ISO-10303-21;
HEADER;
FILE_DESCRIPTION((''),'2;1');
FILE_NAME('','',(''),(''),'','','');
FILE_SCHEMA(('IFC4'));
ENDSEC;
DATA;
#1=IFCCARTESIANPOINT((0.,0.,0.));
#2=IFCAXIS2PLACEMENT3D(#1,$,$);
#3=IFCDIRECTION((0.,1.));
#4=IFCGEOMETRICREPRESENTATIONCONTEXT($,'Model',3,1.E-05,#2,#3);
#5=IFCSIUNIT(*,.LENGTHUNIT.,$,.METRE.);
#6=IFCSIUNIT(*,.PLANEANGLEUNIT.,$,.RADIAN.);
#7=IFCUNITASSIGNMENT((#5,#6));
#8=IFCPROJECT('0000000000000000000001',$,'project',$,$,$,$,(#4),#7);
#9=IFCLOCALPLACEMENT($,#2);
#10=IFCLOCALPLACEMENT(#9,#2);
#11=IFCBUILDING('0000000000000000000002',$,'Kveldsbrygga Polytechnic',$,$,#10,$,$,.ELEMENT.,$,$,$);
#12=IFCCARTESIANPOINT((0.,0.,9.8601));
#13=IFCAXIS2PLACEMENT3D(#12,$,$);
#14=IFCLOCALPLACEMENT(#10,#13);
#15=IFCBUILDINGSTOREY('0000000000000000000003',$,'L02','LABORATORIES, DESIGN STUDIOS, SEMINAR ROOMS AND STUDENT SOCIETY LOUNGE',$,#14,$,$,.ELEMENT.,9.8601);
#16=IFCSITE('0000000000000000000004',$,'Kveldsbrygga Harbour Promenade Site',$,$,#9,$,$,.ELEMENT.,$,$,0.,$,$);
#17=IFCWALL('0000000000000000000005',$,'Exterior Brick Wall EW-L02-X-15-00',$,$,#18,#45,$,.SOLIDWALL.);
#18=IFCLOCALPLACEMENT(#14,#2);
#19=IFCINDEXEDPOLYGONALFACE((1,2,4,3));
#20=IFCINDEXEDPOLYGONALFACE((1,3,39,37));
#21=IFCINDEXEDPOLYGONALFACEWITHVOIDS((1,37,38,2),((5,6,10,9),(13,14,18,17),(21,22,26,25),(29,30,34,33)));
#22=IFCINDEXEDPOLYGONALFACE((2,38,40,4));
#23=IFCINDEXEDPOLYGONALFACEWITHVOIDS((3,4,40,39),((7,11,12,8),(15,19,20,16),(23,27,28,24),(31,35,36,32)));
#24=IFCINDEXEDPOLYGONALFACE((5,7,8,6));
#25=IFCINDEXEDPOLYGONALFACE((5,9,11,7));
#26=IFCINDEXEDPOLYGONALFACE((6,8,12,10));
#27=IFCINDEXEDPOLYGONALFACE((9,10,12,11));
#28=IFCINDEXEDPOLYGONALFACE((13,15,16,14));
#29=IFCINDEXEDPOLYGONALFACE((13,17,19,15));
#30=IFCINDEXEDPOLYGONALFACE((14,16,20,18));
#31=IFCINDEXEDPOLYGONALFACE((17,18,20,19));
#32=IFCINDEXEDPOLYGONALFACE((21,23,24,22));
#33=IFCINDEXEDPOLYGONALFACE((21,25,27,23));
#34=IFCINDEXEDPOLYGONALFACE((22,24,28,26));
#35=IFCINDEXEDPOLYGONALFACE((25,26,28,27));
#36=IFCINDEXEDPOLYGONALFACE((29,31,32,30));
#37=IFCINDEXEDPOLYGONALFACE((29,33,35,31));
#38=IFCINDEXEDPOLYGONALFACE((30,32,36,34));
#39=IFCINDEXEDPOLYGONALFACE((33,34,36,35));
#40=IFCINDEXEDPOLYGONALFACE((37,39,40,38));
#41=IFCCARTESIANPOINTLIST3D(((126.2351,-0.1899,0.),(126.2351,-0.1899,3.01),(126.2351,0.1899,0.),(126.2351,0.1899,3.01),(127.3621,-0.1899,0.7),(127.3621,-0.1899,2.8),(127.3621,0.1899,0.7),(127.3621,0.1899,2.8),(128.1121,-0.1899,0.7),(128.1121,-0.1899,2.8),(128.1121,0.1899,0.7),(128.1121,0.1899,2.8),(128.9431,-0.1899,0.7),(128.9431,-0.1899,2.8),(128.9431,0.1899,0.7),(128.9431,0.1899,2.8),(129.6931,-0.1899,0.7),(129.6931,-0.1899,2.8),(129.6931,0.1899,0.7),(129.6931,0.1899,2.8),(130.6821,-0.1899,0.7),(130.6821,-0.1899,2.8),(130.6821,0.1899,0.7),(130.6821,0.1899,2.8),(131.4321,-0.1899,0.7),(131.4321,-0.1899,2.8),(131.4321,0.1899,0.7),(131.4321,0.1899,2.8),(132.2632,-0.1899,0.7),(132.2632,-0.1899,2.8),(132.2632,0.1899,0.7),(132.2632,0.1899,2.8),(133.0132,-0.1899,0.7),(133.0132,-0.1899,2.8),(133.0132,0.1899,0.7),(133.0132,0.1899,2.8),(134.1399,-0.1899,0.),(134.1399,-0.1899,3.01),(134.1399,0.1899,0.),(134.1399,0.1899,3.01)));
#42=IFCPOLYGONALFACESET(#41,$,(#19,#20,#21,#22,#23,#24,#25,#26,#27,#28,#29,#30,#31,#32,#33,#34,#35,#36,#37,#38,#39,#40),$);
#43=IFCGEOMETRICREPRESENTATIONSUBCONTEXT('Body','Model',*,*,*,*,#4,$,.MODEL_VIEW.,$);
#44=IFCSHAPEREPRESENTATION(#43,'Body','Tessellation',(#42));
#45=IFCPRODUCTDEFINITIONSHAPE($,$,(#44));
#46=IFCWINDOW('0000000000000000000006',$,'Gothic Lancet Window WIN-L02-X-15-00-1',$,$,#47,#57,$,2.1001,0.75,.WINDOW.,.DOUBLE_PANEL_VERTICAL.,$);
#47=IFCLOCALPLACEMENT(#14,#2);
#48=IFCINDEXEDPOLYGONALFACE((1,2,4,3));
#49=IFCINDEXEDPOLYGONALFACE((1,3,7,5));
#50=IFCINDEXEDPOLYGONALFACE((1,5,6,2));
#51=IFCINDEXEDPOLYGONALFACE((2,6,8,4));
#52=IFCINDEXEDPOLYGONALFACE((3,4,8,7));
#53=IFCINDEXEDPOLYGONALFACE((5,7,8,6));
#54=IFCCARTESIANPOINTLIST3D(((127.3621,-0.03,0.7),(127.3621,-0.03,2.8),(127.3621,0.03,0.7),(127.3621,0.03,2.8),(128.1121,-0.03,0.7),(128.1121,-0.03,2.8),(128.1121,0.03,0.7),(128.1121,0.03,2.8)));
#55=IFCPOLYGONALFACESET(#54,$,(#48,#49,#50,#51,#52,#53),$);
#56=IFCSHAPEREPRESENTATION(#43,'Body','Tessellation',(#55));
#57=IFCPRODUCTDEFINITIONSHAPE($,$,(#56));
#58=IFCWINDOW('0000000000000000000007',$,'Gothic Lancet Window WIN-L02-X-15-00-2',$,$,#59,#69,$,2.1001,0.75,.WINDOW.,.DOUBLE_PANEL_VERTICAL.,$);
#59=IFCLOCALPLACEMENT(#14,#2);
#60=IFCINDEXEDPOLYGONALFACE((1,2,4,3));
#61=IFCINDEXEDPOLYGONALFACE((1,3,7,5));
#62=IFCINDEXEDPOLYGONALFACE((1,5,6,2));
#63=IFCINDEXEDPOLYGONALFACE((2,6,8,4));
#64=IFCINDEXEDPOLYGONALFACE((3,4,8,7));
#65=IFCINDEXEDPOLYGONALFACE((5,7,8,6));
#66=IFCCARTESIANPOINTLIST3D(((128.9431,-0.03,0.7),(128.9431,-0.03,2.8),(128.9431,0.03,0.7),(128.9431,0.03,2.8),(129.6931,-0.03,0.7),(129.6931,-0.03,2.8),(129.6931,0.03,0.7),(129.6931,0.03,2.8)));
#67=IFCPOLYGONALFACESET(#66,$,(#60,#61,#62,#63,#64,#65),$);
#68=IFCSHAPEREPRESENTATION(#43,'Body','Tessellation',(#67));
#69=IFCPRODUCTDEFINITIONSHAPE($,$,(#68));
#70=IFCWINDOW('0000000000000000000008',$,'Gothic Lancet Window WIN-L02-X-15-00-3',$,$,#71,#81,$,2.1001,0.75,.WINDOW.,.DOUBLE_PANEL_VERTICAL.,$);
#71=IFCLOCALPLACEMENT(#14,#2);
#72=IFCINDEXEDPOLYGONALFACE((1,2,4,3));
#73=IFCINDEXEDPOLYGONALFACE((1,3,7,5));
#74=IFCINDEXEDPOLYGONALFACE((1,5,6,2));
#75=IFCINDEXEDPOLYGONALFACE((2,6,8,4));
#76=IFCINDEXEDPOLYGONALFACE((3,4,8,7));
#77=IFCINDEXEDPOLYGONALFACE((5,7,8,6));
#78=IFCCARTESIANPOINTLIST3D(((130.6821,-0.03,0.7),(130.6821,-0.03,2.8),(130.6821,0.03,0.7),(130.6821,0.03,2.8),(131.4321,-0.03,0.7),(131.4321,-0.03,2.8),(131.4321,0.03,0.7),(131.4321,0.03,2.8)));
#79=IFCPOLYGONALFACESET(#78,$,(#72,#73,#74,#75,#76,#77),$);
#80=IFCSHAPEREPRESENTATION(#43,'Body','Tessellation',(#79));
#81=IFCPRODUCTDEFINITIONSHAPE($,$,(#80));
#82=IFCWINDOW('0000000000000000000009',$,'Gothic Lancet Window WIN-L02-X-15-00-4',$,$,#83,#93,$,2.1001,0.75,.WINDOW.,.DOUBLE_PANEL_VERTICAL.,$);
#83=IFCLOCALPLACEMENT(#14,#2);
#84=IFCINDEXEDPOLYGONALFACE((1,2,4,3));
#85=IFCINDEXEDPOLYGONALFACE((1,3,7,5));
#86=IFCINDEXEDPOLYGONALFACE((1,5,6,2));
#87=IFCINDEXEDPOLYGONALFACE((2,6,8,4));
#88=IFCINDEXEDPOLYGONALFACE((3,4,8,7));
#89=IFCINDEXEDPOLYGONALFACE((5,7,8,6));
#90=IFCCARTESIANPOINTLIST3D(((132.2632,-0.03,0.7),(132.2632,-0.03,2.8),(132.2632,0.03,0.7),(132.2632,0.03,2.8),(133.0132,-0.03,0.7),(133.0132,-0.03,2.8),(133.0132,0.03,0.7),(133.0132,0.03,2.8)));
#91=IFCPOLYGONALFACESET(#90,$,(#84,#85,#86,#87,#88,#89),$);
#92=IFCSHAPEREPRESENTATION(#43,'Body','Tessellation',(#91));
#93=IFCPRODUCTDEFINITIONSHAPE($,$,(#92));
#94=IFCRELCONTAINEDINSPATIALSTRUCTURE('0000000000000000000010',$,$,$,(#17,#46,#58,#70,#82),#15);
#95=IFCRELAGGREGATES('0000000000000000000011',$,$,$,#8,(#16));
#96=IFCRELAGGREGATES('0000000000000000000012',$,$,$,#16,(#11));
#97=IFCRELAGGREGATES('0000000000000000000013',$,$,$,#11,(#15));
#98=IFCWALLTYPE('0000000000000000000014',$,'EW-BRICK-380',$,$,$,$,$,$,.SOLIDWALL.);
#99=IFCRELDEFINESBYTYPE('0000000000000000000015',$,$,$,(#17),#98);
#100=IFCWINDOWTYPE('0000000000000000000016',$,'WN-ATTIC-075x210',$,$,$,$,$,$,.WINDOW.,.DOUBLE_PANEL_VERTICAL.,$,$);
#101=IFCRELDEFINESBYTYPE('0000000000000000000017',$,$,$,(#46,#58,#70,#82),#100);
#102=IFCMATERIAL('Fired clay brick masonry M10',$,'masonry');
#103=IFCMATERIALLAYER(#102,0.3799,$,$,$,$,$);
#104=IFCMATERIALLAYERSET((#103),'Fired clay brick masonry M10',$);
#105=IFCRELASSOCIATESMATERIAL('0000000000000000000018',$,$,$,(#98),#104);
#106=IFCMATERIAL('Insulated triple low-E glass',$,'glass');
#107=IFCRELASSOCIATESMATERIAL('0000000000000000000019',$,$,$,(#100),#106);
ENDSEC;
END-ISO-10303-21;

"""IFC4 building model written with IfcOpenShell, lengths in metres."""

from ifc_helpers import new_model, si_unit, direction, frame, frame_2d, origin, place, context, subcontext, project, spatial, rectangle, extrude, material, layer, layer_set, type_object, element, fill, save


model = new_model("IFC4")

# Units and contexts
model_context = context("Model", 3, precision=1e-05, world=origin(), true_north=direction((0.0, 1.0)))
body_context = subcontext(model_context, "Body", "Model", "MODEL_VIEW")
ifc_project = project(units=[si_unit("LENGTHUNIT", "METRE"), si_unit("PLANEANGLEUNIT", "RADIAN")], contexts=[model_context])

# Site, building, storey
site_placement = place(None, origin())
site = spatial("IfcSite", under=ifc_project, at=site_placement, Name="Kveldsbrygga Harbour Promenade Site", CompositionType="ELEMENT", RefElevation=0.0)
building_placement = place(site_placement, origin())
building = spatial("IfcBuilding", under=site, at=building_placement, Name="Kveldsbrygga Polytechnic", CompositionType="ELEMENT")
storey_placement = place(building_placement, frame((0.0, 0.0, 9.8601)))
storey = spatial("IfcBuildingStorey", under=building, at=storey_placement, Name="L02", Description="LABORATORIES, DESIGN STUDIOS, SEMINAR ROOMS AND STUDENT SOCIETY LOUNGE", CompositionType="ELEMENT", Elevation=9.8601)

# Shared definitions
ifc_material_1 = material(Name="Insulated triple low-E glass", Category="glass")

# Wall, openings, windows
ifc_material_2 = material(Name="Fired clay brick masonry M10", Category="masonry")
ifc_layer_1 = layer(ifc_material_2, 0.3799)
ifc_layer_set_1 = layer_set([ifc_layer_1], Name="Fired clay brick masonry M10")
wall_type_1 = type_object("IfcWallType", Name="EW-BRICK-380", PredefinedType="SOLIDWALL", material=ifc_layer_set_1)
wall_1_placement = place(storey_placement, frame((126.2351, 0.0, 0.0), z_axis=(0.0, 0.0, 1.0), x_axis=(1.0, 0.0, 0.0)))
wall_1 = element("IfcWall", 1, at=wall_1_placement, inside=storey, type_object=wall_type_1, Name="Exterior Brick Wall EW-L02-X-15-00", PredefinedType="SOLIDWALL", context=body_context, shape_type="SweptSolid", body=[
    extrude(rectangle(XDim=7.9048, YDim=0.3799, at=frame_2d((3.9524, 0.0))), origin(), (0.0, 0.0, 1.0), 3.01),
])
opening_1_placement = place(wall_1_placement, frame((1.127, 0.0, 0.7)))
opening_1 = element("IfcOpeningElement", 2, at=opening_1_placement, cuts=wall_1, PredefinedType="OPENING", context=body_context, shape_type="SweptSolid", body=[
    extrude(rectangle(XDim=0.75, YDim=2.1001, at=frame_2d((0.375, 1.05))), frame((0.0, 0.2, 0.0), z_axis=(0.0, -1.0, 0.0), x_axis=(1.0, 0.0, 0.0)), (0.0, 0.0, 1.0), 0.3999),
])
opening_2_placement = place(wall_1_placement, frame((2.708, 0.0, 0.7)))
opening_2 = element("IfcOpeningElement", 3, at=opening_2_placement, cuts=wall_1, PredefinedType="OPENING", context=body_context, shape_type="SweptSolid", body=[
    extrude(rectangle(XDim=0.75, YDim=2.1001, at=frame_2d((0.375, 1.05))), frame((0.0, 0.2, 0.0), z_axis=(0.0, -1.0, 0.0), x_axis=(1.0, 0.0, 0.0)), (0.0, 0.0, 1.0), 0.3999),
])
opening_3_placement = place(wall_1_placement, frame((4.447, 0.0, 0.7)))
opening_3 = element("IfcOpeningElement", 4, at=opening_3_placement, cuts=wall_1, PredefinedType="OPENING", context=body_context, shape_type="SweptSolid", body=[
    extrude(rectangle(XDim=0.75, YDim=2.1001, at=frame_2d((0.375, 1.05))), frame((0.0, 0.2, 0.0), z_axis=(0.0, -1.0, 0.0), x_axis=(1.0, 0.0, 0.0)), (0.0, 0.0, 1.0), 0.3999),
])
opening_4_placement = place(wall_1_placement, frame((6.0281, 0.0, 0.7)))
opening_4 = element("IfcOpeningElement", 5, at=opening_4_placement, cuts=wall_1, PredefinedType="OPENING", context=body_context, shape_type="SweptSolid", body=[
    extrude(rectangle(XDim=0.75, YDim=2.1001, at=frame_2d((0.375, 1.05))), frame((0.0, 0.2, 0.0), z_axis=(0.0, -1.0, 0.0), x_axis=(1.0, 0.0, 0.0)), (0.0, 0.0, 1.0), 0.3999),
])
window_type = type_object("IfcWindowType", Name="WN-ATTIC-075x210", PartitioningType="DOUBLE_PANEL_VERTICAL", PredefinedType="WINDOW", material=ifc_material_1)
window_1_placement = place(opening_1_placement, origin())
window_1 = element("IfcWindow", 6, at=window_1_placement, inside=storey, type_object=window_type, Name="Gothic Lancet Window WIN-L02-X-15-00-1", OverallHeight=2.1001, OverallWidth=0.75, PartitioningType="DOUBLE_PANEL_VERTICAL", PredefinedType="WINDOW", context=body_context, shape_type="SweptSolid", body=[
    extrude(rectangle(XDim=0.75, YDim=2.1001, at=frame_2d((0.375, 1.05))), frame((0.0, 0.03, 0.0), z_axis=(0.0, -1.0, 0.0), x_axis=(1.0, 0.0, 0.0)), (0.0, 0.0, 1.0), 0.0601),
])
fill(opening_1, window_1)
window_2_placement = place(opening_2_placement, origin())
window_2 = element("IfcWindow", 7, at=window_2_placement, inside=storey, type_object=window_type, Name="Gothic Lancet Window WIN-L02-X-15-00-2", OverallHeight=2.1001, OverallWidth=0.75, PartitioningType="DOUBLE_PANEL_VERTICAL", PredefinedType="WINDOW", context=body_context, shape_type="SweptSolid", body=[
    extrude(rectangle(XDim=0.75, YDim=2.1001, at=frame_2d((0.375, 1.05))), frame((0.0, 0.03, 0.0), z_axis=(0.0, -1.0, 0.0), x_axis=(1.0, 0.0, 0.0)), (0.0, 0.0, 1.0), 0.0601),
])
fill(opening_2, window_2)
window_3_placement = place(opening_3_placement, origin())
window_3 = element("IfcWindow", 8, at=window_3_placement, inside=storey, type_object=window_type, Name="Gothic Lancet Window WIN-L02-X-15-00-3", OverallHeight=2.1001, OverallWidth=0.75, PartitioningType="DOUBLE_PANEL_VERTICAL", PredefinedType="WINDOW", context=body_context, shape_type="SweptSolid", body=[
    extrude(rectangle(XDim=0.75, YDim=2.1001, at=frame_2d((0.375, 1.05))), frame((0.0, 0.03, 0.0), z_axis=(0.0, -1.0, 0.0), x_axis=(1.0, 0.0, 0.0)), (0.0, 0.0, 1.0), 0.0601),
])
fill(opening_3, window_3)
window_4_placement = place(opening_4_placement, origin())
window_4 = element("IfcWindow", 9, at=window_4_placement, inside=storey, type_object=window_type, Name="Gothic Lancet Window WIN-L02-X-15-00-4", OverallHeight=2.1001, OverallWidth=0.75, PartitioningType="DOUBLE_PANEL_VERTICAL", PredefinedType="WINDOW", context=body_context, shape_type="SweptSolid", body=[
    extrude(rectangle(XDim=0.75, YDim=2.1001, at=frame_2d((0.375, 1.05))), frame((0.0, 0.03, 0.0), z_axis=(0.0, -1.0, 0.0), x_axis=(1.0, 0.0, 0.0)), (0.0, 0.0, 1.0), 0.0601),
])
fill(opening_4, window_4)

save(model, "model.ifc")
